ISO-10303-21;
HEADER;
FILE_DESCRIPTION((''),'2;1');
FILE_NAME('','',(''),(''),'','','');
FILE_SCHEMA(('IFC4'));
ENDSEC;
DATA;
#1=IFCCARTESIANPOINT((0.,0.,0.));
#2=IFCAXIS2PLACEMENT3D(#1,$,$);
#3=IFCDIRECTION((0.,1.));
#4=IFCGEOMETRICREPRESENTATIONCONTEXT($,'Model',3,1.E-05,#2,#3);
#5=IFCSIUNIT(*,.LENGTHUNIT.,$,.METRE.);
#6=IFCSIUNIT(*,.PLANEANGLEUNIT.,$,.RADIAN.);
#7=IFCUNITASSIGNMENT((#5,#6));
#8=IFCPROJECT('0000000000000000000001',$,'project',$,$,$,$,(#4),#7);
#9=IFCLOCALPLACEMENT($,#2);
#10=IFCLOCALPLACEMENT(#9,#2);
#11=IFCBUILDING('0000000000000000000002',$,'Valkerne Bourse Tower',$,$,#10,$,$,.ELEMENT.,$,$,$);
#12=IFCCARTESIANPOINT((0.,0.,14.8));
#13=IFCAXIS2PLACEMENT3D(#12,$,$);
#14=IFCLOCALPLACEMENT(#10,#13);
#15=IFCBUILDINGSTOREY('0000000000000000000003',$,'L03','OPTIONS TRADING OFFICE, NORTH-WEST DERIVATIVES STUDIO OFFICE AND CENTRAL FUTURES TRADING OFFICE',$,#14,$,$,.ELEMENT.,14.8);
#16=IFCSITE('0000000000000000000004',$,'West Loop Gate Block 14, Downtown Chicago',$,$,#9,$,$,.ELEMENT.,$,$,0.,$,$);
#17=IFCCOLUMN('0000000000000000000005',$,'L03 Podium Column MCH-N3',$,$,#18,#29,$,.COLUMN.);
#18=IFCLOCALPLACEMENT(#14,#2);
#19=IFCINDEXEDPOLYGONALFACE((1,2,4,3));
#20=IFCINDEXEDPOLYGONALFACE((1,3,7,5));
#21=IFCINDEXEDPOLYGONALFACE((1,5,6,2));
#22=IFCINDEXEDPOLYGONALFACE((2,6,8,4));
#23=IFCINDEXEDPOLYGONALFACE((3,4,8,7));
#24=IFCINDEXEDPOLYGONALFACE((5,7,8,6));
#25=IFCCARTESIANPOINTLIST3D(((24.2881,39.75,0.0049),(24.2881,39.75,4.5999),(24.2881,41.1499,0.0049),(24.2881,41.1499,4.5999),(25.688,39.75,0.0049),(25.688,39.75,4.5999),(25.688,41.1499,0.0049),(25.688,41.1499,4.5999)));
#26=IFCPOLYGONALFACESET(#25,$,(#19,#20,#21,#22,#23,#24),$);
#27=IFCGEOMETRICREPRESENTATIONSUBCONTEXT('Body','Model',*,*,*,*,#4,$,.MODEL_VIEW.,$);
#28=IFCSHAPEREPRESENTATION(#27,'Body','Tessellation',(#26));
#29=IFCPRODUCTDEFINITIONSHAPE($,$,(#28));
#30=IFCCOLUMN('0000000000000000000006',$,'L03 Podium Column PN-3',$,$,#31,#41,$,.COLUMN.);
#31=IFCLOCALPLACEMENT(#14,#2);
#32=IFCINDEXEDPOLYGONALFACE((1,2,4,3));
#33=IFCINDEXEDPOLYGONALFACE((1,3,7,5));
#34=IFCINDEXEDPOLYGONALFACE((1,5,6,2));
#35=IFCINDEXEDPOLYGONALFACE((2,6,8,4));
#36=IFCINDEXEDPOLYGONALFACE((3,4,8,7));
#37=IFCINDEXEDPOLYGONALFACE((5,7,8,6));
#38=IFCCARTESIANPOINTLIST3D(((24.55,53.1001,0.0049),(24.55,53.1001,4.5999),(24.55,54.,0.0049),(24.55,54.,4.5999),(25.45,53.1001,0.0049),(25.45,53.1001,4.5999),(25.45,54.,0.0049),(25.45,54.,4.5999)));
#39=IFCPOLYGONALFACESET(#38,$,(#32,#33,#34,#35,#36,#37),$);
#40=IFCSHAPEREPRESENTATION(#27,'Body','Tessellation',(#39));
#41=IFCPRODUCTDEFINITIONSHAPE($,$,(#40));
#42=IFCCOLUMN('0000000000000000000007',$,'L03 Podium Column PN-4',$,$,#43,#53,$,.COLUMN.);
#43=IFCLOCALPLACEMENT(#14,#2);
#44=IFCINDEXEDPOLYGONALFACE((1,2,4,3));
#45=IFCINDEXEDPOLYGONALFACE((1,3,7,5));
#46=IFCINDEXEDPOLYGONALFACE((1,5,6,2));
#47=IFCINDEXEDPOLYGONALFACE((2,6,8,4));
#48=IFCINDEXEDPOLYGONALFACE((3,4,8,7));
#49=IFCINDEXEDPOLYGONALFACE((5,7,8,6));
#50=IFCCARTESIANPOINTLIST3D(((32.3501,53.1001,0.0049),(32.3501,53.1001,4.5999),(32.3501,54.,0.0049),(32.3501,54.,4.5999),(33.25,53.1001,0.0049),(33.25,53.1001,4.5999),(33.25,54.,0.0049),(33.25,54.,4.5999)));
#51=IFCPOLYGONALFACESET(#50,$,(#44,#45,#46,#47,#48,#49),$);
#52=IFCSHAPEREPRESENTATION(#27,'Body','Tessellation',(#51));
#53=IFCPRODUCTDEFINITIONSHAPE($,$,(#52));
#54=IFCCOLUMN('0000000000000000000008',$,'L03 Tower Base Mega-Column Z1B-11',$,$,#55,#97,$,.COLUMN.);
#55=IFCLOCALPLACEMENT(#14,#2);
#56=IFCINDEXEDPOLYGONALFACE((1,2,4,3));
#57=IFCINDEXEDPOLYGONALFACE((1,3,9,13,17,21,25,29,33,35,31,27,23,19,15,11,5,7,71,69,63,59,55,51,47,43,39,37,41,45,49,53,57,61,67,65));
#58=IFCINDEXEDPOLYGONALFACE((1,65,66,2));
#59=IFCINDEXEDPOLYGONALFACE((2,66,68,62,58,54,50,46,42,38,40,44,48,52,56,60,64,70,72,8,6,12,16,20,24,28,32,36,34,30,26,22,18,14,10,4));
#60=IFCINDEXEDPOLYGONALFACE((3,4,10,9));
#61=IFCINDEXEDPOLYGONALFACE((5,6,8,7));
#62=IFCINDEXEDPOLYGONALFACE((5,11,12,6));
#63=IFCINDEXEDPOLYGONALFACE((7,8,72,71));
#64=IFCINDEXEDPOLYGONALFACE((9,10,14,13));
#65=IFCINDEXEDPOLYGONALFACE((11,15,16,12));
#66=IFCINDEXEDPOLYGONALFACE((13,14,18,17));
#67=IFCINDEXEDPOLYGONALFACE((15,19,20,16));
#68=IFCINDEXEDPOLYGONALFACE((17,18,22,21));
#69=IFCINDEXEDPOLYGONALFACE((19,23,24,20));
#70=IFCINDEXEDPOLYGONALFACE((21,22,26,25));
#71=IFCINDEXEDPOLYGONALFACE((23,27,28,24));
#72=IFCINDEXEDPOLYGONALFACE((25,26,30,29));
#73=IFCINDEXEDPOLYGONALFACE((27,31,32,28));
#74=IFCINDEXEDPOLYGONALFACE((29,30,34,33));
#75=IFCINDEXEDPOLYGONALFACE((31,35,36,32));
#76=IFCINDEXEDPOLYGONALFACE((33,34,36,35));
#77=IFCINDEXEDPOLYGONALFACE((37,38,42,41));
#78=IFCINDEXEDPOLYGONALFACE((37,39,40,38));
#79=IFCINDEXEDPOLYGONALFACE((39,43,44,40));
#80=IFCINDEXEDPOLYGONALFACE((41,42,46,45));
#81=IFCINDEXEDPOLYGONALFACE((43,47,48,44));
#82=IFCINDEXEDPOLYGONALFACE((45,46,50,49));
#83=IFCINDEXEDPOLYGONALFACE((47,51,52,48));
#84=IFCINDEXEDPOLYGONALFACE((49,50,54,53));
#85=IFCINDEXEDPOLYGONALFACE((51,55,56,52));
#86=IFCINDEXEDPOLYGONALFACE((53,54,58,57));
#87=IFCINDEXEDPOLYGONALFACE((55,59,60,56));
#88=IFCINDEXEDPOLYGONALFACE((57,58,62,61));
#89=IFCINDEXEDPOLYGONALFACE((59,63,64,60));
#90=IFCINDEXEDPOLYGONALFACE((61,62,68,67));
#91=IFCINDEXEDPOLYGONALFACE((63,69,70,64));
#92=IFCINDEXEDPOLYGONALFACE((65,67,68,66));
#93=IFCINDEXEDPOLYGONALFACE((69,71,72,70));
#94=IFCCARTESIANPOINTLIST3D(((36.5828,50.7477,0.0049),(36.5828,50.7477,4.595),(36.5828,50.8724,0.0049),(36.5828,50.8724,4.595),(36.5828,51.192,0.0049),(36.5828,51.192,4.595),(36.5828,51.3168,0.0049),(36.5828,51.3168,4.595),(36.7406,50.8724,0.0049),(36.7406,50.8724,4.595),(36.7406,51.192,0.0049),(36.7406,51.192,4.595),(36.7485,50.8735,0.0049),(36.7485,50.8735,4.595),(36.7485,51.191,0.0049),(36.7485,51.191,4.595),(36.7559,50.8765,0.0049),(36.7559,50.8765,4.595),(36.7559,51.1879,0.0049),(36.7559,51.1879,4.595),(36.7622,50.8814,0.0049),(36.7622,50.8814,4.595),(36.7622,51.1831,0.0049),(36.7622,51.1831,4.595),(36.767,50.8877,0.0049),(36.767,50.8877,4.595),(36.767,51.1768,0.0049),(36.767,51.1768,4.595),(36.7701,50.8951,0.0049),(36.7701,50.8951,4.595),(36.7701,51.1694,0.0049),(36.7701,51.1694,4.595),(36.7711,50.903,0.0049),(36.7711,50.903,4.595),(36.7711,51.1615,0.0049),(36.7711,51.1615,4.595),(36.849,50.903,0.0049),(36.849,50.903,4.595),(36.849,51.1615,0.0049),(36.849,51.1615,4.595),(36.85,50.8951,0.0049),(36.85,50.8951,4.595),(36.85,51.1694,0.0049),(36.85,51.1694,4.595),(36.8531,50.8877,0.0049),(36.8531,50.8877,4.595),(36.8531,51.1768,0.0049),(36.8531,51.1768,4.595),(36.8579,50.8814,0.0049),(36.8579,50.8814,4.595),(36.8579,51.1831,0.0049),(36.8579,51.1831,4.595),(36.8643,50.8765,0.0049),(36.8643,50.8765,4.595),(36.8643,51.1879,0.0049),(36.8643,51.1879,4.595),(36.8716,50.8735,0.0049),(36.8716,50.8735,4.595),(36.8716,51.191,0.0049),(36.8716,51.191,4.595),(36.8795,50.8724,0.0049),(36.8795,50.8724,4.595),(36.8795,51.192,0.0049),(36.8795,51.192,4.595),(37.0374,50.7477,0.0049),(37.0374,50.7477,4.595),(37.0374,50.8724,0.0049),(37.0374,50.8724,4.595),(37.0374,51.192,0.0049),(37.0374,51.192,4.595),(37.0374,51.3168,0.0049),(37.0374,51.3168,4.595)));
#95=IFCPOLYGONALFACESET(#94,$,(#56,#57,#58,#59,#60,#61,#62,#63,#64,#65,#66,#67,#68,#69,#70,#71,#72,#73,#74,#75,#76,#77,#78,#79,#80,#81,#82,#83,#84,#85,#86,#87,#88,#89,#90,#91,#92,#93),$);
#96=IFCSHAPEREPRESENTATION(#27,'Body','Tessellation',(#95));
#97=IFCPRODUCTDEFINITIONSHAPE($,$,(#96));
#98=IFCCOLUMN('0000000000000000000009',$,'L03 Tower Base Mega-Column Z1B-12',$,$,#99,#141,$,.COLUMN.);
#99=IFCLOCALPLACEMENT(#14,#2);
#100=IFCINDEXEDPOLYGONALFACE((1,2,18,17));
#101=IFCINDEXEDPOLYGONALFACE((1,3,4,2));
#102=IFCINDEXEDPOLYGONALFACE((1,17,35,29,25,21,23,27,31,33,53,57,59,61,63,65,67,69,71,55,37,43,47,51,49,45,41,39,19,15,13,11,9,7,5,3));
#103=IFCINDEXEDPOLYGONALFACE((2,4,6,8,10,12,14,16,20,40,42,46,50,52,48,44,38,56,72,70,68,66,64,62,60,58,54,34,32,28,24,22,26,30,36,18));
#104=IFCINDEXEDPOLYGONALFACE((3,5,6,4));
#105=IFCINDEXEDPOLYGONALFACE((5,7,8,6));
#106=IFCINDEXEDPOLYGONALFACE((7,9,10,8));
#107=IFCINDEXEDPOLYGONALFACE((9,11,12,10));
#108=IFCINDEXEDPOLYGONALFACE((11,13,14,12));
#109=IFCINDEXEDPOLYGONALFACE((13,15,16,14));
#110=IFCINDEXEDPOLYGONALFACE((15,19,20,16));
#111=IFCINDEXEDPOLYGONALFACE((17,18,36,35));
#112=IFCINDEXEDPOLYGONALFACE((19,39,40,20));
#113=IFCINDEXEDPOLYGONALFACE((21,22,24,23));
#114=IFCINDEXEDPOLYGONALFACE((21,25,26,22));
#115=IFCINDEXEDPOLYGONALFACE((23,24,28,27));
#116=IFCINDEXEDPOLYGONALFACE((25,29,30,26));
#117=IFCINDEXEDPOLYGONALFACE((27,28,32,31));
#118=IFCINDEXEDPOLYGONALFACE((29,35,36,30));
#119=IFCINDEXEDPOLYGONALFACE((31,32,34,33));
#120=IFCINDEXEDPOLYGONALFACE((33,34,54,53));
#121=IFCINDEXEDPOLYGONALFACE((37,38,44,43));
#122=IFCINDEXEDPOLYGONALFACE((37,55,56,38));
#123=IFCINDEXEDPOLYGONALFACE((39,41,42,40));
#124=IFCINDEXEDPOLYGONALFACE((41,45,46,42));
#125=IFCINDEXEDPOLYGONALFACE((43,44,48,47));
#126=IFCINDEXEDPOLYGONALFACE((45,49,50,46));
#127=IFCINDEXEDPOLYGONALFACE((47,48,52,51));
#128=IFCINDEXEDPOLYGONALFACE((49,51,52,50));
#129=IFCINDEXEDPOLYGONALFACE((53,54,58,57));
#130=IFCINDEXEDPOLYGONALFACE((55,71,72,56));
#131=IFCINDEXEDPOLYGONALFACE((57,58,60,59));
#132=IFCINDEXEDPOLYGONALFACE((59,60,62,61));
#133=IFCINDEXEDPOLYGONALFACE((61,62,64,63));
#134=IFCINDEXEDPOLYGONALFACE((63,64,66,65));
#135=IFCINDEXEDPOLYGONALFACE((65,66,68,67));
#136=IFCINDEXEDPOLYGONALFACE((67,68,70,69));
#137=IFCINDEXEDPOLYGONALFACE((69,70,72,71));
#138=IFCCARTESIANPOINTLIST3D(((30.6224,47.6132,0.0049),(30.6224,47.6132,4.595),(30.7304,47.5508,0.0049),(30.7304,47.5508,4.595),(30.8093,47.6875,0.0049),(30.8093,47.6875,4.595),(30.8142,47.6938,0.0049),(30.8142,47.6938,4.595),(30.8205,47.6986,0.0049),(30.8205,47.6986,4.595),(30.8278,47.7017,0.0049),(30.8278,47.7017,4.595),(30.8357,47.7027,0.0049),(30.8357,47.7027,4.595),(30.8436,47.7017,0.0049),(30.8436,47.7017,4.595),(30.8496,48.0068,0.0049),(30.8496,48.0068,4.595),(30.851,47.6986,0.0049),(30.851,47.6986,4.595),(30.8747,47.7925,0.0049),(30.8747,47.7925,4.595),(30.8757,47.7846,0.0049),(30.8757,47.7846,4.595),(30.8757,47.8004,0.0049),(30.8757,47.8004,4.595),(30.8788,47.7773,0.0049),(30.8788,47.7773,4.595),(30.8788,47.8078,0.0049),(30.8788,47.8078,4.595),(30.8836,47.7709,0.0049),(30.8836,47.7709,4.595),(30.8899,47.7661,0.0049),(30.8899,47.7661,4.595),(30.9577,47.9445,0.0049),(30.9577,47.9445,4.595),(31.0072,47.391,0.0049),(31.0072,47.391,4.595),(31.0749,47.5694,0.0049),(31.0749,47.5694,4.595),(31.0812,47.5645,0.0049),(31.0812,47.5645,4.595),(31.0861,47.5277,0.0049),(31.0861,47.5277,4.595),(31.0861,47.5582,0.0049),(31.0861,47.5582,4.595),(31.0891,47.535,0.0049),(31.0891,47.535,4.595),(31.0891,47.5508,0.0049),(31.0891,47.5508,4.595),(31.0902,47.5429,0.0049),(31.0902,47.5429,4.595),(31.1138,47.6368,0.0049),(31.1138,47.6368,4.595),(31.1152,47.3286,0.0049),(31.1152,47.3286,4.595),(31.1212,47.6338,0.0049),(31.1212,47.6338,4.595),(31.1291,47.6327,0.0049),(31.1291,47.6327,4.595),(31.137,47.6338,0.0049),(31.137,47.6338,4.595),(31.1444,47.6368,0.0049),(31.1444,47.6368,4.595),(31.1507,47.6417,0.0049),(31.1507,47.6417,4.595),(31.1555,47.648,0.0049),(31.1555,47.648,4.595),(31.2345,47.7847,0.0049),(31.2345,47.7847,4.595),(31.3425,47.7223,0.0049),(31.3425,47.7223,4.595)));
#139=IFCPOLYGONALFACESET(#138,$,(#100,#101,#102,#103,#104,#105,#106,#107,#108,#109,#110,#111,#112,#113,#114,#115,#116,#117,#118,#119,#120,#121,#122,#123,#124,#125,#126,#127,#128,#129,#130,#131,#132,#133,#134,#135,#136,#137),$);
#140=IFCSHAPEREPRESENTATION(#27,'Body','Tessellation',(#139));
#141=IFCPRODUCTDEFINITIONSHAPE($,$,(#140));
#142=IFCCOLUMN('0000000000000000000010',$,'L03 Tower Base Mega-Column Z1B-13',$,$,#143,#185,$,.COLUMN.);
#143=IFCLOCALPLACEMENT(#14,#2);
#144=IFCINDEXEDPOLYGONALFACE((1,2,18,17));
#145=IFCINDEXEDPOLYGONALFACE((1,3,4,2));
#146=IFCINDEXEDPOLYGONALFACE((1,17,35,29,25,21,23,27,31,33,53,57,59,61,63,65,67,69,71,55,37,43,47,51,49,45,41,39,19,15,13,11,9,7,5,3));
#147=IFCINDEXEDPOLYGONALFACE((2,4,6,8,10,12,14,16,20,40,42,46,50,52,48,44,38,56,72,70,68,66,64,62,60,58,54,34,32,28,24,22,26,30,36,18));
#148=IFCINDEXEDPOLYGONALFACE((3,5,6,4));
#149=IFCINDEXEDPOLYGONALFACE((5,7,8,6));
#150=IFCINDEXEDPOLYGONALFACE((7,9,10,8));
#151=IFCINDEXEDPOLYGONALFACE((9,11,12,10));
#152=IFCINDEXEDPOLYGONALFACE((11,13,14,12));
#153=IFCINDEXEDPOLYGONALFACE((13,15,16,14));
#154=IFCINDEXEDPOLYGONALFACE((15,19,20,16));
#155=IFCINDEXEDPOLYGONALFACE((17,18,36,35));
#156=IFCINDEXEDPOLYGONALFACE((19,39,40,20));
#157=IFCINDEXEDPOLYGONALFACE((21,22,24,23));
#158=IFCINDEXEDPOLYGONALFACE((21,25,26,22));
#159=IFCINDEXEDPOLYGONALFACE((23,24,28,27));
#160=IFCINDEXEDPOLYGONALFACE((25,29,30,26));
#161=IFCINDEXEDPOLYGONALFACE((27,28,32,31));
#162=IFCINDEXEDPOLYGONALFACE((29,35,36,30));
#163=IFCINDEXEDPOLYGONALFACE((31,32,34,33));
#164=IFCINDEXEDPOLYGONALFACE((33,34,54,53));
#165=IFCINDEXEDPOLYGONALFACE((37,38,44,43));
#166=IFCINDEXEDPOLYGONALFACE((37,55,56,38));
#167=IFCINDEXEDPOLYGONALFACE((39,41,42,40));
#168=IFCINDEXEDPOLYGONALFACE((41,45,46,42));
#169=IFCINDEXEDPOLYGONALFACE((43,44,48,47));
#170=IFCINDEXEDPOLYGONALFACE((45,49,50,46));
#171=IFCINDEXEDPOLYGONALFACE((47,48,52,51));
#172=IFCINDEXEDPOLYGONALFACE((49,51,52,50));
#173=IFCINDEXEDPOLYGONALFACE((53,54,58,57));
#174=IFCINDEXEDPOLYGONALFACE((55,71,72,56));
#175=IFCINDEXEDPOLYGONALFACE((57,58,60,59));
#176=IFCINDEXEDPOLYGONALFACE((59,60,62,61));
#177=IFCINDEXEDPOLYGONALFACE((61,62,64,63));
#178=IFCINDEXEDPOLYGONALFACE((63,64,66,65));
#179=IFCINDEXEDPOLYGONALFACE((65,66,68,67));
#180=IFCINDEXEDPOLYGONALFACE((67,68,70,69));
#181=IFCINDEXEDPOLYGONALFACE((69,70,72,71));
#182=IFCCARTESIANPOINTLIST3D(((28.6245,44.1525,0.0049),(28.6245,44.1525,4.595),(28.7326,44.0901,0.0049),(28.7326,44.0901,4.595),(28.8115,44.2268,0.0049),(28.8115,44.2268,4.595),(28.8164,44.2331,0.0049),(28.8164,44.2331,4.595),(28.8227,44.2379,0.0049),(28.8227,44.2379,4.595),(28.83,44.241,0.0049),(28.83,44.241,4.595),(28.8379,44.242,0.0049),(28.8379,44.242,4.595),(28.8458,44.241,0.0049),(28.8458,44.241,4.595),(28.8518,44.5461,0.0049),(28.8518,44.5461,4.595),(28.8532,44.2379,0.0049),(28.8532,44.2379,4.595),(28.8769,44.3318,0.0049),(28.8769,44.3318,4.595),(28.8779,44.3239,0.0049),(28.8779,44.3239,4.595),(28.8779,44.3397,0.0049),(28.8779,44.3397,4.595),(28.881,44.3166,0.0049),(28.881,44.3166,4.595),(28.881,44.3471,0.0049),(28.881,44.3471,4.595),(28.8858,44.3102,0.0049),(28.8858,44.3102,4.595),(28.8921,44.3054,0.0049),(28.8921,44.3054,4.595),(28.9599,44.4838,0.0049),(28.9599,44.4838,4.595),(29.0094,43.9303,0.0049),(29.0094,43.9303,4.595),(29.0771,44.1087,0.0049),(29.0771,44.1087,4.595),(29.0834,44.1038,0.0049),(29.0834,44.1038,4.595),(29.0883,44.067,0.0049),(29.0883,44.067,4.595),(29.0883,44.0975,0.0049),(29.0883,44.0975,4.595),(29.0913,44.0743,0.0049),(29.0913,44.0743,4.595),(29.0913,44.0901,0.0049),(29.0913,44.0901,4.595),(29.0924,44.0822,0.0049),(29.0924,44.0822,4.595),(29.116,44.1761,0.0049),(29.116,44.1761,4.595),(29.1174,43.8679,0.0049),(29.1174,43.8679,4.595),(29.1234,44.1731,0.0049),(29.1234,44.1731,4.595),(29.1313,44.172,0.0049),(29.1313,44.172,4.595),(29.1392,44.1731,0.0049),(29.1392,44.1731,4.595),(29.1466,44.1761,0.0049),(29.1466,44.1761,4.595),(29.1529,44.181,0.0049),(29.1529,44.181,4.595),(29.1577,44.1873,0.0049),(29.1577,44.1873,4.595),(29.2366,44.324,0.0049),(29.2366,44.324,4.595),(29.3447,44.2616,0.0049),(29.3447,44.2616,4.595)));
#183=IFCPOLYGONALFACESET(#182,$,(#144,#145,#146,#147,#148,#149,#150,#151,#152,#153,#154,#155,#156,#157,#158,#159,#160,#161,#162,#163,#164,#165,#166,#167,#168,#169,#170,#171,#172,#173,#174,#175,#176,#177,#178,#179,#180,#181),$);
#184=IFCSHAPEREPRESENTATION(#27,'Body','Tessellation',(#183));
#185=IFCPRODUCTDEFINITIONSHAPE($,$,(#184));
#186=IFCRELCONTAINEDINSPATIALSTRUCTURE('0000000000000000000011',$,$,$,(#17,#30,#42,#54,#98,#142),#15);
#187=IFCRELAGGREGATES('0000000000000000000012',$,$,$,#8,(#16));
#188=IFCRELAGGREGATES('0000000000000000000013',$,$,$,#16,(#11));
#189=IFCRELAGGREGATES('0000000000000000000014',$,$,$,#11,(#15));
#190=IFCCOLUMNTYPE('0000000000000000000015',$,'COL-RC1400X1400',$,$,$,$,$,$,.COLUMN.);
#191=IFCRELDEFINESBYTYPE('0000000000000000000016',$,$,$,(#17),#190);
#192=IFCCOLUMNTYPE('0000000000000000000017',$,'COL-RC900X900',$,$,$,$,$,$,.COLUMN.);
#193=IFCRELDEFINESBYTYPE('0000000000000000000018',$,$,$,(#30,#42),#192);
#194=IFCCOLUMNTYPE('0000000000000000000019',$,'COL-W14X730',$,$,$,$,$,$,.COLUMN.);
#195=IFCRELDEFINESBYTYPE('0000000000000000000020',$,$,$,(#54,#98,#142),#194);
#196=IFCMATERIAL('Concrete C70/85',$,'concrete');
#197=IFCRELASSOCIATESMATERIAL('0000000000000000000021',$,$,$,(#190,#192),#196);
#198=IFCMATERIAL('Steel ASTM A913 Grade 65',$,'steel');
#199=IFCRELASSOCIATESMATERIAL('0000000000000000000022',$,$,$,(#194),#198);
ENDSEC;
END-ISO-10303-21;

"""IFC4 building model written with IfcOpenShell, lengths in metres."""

from ifc_helpers import new_model, si_unit, direction, frame, origin, origin_2d, place, context, subcontext, project, spatial, rectangle, i_section, extrude, material, material_profile, profile_set, type_object, element, save


model = new_model("IFC4")

# Units and contexts
model_context = context("Model", 3, precision=1e-05, world=origin(), true_north=direction((0.0, 1.0)))
body_context = subcontext(model_context, "Body", "Model", "MODEL_VIEW")
ifc_project = project(units=[si_unit("LENGTHUNIT", "METRE"), si_unit("PLANEANGLEUNIT", "RADIAN")], contexts=[model_context])

# Site, building, storey
site_placement = place(None, origin())
site = spatial("IfcSite", under=ifc_project, at=site_placement, Name="West Loop Gate Block 14, Downtown Chicago", CompositionType="ELEMENT", RefElevation=0.0)
building_placement = place(site_placement, origin())
building = spatial("IfcBuilding", under=site, at=building_placement, Name="Valkerne Bourse Tower", CompositionType="ELEMENT")
storey_placement = place(building_placement, frame((0.0, 0.0, 14.8)))
storey = spatial("IfcBuildingStorey", under=building, at=storey_placement, Name="L03", Description="OPTIONS TRADING OFFICE, NORTH-WEST DERIVATIVES STUDIO OFFICE AND CENTRAL FUTURES TRADING OFFICE", CompositionType="ELEMENT", Elevation=14.8)

# Columns
ifc_material_1 = material(Name="Concrete C70/85", Category="concrete")
ifc_material_profile_1 = material_profile(ifc_material_1, rectangle(XDim=1.3999, YDim=1.3999, at=origin_2d()), Name="RC1400X1400")
ifc_profile_set_1 = profile_set([ifc_material_profile_1], Name="Concrete C70/85")
column_type_1 = type_object("IfcColumnType", Name="COL-RC1400X1400", PredefinedType="COLUMN", material=ifc_profile_set_1)
column_placement = place(storey_placement, frame((24.988, 40.45, 0.0049), z_axis=(0.0, 0.0, 1.0), x_axis=(1.0, 0.0, 0.0)))
element("IfcColumn", 1, at=column_placement, inside=storey, type_object=column_type_1, Name="L03 Podium Column MCH-N3", PredefinedType="COLUMN", context=body_context, shape_type="SweptSolid", body=[
    extrude(rectangle(XDim=1.3999, YDim=1.3999, at=origin_2d()), origin(), (0.0, 0.0, 1.0), 4.595),
])
ifc_material_profile_2 = material_profile(ifc_material_1, rectangle(XDim=0.8999, YDim=0.8999, at=origin_2d()), Name="RC900X900")
ifc_profile_set_2 = profile_set([ifc_material_profile_2], Name="Concrete C70/85")
column_type_2 = type_object("IfcColumnType", Name="COL-RC900X900", PredefinedType="COLUMN", material=ifc_profile_set_2)
for number, where, z_axis, x_axis, name in (
    (2, (25.0, 53.55, 0.0049), (0.0, 0.0, 1.0), (1.0, 0.0, 0.0), "L03 Podium Column PN-3"),
    (3, (32.8, 53.55, 0.0049), (0.0, 0.0, 1.0), (1.0, 0.0, 0.0), "L03 Podium Column PN-4"),
):
    element("IfcColumn", number, at=place(storey_placement, frame(where, z_axis=z_axis, x_axis=x_axis)), inside=storey, type_object=column_type_2, Name=name, PredefinedType="COLUMN", context=body_context, shape_type="SweptSolid", body=[
        extrude(rectangle(XDim=0.8999, YDim=0.8999, at=origin_2d()), origin(), (0.0, 0.0, 1.0), 4.595),
    ])
ifc_material_2 = material(Name="Steel ASTM A913 Grade 65", Category="steel")
ifc_material_profile_3 = material_profile(ifc_material_2, i_section(OverallWidth=0.4546, OverallDepth=0.5691, WebThickness=0.0779, FlangeThickness=0.1248, FilletRadius=0.0305, at=origin_2d()), Name="W14X730")
ifc_profile_set_3 = profile_set([ifc_material_profile_3], Name="Steel ASTM A913 Grade 65")
column_type_3 = type_object("IfcColumnType", Name="COL-W14X730", PredefinedType="COLUMN", material=ifc_profile_set_3)
for number, where, z_axis, x_axis, name in (
    (4, (36.8101, 51.0322, 0.0049), (0.0, 0.0, 1.0), (-1.0, 0.0, 0.0), "L03 Tower Base Mega-Column Z1B-11"),
    (5, (30.9824, 47.6677, 0.0049), (0.0, 0.0, 1.0), (-0.5, -0.866025, 0.0), "L03 Tower Base Mega-Column Z1B-12"),
    (6, (28.9846, 44.207, 0.0049), (0.0, 0.0, 1.0), (-0.5, -0.866025, 0.0), "L03 Tower Base Mega-Column Z1B-13"),
):
    element("IfcColumn", number, at=place(storey_placement, frame(where, z_axis=z_axis, x_axis=x_axis)), inside=storey, type_object=column_type_3, Name=name, PredefinedType="COLUMN", context=body_context, shape_type="SweptSolid", body=[
        extrude(i_section(OverallWidth=0.4546, OverallDepth=0.5691, WebThickness=0.0779, FlangeThickness=0.1248, FilletRadius=0.0305, at=origin_2d()), origin(), (0.0, 0.0, 1.0), 4.5901),
    ])

save(model, "model.ifc")
